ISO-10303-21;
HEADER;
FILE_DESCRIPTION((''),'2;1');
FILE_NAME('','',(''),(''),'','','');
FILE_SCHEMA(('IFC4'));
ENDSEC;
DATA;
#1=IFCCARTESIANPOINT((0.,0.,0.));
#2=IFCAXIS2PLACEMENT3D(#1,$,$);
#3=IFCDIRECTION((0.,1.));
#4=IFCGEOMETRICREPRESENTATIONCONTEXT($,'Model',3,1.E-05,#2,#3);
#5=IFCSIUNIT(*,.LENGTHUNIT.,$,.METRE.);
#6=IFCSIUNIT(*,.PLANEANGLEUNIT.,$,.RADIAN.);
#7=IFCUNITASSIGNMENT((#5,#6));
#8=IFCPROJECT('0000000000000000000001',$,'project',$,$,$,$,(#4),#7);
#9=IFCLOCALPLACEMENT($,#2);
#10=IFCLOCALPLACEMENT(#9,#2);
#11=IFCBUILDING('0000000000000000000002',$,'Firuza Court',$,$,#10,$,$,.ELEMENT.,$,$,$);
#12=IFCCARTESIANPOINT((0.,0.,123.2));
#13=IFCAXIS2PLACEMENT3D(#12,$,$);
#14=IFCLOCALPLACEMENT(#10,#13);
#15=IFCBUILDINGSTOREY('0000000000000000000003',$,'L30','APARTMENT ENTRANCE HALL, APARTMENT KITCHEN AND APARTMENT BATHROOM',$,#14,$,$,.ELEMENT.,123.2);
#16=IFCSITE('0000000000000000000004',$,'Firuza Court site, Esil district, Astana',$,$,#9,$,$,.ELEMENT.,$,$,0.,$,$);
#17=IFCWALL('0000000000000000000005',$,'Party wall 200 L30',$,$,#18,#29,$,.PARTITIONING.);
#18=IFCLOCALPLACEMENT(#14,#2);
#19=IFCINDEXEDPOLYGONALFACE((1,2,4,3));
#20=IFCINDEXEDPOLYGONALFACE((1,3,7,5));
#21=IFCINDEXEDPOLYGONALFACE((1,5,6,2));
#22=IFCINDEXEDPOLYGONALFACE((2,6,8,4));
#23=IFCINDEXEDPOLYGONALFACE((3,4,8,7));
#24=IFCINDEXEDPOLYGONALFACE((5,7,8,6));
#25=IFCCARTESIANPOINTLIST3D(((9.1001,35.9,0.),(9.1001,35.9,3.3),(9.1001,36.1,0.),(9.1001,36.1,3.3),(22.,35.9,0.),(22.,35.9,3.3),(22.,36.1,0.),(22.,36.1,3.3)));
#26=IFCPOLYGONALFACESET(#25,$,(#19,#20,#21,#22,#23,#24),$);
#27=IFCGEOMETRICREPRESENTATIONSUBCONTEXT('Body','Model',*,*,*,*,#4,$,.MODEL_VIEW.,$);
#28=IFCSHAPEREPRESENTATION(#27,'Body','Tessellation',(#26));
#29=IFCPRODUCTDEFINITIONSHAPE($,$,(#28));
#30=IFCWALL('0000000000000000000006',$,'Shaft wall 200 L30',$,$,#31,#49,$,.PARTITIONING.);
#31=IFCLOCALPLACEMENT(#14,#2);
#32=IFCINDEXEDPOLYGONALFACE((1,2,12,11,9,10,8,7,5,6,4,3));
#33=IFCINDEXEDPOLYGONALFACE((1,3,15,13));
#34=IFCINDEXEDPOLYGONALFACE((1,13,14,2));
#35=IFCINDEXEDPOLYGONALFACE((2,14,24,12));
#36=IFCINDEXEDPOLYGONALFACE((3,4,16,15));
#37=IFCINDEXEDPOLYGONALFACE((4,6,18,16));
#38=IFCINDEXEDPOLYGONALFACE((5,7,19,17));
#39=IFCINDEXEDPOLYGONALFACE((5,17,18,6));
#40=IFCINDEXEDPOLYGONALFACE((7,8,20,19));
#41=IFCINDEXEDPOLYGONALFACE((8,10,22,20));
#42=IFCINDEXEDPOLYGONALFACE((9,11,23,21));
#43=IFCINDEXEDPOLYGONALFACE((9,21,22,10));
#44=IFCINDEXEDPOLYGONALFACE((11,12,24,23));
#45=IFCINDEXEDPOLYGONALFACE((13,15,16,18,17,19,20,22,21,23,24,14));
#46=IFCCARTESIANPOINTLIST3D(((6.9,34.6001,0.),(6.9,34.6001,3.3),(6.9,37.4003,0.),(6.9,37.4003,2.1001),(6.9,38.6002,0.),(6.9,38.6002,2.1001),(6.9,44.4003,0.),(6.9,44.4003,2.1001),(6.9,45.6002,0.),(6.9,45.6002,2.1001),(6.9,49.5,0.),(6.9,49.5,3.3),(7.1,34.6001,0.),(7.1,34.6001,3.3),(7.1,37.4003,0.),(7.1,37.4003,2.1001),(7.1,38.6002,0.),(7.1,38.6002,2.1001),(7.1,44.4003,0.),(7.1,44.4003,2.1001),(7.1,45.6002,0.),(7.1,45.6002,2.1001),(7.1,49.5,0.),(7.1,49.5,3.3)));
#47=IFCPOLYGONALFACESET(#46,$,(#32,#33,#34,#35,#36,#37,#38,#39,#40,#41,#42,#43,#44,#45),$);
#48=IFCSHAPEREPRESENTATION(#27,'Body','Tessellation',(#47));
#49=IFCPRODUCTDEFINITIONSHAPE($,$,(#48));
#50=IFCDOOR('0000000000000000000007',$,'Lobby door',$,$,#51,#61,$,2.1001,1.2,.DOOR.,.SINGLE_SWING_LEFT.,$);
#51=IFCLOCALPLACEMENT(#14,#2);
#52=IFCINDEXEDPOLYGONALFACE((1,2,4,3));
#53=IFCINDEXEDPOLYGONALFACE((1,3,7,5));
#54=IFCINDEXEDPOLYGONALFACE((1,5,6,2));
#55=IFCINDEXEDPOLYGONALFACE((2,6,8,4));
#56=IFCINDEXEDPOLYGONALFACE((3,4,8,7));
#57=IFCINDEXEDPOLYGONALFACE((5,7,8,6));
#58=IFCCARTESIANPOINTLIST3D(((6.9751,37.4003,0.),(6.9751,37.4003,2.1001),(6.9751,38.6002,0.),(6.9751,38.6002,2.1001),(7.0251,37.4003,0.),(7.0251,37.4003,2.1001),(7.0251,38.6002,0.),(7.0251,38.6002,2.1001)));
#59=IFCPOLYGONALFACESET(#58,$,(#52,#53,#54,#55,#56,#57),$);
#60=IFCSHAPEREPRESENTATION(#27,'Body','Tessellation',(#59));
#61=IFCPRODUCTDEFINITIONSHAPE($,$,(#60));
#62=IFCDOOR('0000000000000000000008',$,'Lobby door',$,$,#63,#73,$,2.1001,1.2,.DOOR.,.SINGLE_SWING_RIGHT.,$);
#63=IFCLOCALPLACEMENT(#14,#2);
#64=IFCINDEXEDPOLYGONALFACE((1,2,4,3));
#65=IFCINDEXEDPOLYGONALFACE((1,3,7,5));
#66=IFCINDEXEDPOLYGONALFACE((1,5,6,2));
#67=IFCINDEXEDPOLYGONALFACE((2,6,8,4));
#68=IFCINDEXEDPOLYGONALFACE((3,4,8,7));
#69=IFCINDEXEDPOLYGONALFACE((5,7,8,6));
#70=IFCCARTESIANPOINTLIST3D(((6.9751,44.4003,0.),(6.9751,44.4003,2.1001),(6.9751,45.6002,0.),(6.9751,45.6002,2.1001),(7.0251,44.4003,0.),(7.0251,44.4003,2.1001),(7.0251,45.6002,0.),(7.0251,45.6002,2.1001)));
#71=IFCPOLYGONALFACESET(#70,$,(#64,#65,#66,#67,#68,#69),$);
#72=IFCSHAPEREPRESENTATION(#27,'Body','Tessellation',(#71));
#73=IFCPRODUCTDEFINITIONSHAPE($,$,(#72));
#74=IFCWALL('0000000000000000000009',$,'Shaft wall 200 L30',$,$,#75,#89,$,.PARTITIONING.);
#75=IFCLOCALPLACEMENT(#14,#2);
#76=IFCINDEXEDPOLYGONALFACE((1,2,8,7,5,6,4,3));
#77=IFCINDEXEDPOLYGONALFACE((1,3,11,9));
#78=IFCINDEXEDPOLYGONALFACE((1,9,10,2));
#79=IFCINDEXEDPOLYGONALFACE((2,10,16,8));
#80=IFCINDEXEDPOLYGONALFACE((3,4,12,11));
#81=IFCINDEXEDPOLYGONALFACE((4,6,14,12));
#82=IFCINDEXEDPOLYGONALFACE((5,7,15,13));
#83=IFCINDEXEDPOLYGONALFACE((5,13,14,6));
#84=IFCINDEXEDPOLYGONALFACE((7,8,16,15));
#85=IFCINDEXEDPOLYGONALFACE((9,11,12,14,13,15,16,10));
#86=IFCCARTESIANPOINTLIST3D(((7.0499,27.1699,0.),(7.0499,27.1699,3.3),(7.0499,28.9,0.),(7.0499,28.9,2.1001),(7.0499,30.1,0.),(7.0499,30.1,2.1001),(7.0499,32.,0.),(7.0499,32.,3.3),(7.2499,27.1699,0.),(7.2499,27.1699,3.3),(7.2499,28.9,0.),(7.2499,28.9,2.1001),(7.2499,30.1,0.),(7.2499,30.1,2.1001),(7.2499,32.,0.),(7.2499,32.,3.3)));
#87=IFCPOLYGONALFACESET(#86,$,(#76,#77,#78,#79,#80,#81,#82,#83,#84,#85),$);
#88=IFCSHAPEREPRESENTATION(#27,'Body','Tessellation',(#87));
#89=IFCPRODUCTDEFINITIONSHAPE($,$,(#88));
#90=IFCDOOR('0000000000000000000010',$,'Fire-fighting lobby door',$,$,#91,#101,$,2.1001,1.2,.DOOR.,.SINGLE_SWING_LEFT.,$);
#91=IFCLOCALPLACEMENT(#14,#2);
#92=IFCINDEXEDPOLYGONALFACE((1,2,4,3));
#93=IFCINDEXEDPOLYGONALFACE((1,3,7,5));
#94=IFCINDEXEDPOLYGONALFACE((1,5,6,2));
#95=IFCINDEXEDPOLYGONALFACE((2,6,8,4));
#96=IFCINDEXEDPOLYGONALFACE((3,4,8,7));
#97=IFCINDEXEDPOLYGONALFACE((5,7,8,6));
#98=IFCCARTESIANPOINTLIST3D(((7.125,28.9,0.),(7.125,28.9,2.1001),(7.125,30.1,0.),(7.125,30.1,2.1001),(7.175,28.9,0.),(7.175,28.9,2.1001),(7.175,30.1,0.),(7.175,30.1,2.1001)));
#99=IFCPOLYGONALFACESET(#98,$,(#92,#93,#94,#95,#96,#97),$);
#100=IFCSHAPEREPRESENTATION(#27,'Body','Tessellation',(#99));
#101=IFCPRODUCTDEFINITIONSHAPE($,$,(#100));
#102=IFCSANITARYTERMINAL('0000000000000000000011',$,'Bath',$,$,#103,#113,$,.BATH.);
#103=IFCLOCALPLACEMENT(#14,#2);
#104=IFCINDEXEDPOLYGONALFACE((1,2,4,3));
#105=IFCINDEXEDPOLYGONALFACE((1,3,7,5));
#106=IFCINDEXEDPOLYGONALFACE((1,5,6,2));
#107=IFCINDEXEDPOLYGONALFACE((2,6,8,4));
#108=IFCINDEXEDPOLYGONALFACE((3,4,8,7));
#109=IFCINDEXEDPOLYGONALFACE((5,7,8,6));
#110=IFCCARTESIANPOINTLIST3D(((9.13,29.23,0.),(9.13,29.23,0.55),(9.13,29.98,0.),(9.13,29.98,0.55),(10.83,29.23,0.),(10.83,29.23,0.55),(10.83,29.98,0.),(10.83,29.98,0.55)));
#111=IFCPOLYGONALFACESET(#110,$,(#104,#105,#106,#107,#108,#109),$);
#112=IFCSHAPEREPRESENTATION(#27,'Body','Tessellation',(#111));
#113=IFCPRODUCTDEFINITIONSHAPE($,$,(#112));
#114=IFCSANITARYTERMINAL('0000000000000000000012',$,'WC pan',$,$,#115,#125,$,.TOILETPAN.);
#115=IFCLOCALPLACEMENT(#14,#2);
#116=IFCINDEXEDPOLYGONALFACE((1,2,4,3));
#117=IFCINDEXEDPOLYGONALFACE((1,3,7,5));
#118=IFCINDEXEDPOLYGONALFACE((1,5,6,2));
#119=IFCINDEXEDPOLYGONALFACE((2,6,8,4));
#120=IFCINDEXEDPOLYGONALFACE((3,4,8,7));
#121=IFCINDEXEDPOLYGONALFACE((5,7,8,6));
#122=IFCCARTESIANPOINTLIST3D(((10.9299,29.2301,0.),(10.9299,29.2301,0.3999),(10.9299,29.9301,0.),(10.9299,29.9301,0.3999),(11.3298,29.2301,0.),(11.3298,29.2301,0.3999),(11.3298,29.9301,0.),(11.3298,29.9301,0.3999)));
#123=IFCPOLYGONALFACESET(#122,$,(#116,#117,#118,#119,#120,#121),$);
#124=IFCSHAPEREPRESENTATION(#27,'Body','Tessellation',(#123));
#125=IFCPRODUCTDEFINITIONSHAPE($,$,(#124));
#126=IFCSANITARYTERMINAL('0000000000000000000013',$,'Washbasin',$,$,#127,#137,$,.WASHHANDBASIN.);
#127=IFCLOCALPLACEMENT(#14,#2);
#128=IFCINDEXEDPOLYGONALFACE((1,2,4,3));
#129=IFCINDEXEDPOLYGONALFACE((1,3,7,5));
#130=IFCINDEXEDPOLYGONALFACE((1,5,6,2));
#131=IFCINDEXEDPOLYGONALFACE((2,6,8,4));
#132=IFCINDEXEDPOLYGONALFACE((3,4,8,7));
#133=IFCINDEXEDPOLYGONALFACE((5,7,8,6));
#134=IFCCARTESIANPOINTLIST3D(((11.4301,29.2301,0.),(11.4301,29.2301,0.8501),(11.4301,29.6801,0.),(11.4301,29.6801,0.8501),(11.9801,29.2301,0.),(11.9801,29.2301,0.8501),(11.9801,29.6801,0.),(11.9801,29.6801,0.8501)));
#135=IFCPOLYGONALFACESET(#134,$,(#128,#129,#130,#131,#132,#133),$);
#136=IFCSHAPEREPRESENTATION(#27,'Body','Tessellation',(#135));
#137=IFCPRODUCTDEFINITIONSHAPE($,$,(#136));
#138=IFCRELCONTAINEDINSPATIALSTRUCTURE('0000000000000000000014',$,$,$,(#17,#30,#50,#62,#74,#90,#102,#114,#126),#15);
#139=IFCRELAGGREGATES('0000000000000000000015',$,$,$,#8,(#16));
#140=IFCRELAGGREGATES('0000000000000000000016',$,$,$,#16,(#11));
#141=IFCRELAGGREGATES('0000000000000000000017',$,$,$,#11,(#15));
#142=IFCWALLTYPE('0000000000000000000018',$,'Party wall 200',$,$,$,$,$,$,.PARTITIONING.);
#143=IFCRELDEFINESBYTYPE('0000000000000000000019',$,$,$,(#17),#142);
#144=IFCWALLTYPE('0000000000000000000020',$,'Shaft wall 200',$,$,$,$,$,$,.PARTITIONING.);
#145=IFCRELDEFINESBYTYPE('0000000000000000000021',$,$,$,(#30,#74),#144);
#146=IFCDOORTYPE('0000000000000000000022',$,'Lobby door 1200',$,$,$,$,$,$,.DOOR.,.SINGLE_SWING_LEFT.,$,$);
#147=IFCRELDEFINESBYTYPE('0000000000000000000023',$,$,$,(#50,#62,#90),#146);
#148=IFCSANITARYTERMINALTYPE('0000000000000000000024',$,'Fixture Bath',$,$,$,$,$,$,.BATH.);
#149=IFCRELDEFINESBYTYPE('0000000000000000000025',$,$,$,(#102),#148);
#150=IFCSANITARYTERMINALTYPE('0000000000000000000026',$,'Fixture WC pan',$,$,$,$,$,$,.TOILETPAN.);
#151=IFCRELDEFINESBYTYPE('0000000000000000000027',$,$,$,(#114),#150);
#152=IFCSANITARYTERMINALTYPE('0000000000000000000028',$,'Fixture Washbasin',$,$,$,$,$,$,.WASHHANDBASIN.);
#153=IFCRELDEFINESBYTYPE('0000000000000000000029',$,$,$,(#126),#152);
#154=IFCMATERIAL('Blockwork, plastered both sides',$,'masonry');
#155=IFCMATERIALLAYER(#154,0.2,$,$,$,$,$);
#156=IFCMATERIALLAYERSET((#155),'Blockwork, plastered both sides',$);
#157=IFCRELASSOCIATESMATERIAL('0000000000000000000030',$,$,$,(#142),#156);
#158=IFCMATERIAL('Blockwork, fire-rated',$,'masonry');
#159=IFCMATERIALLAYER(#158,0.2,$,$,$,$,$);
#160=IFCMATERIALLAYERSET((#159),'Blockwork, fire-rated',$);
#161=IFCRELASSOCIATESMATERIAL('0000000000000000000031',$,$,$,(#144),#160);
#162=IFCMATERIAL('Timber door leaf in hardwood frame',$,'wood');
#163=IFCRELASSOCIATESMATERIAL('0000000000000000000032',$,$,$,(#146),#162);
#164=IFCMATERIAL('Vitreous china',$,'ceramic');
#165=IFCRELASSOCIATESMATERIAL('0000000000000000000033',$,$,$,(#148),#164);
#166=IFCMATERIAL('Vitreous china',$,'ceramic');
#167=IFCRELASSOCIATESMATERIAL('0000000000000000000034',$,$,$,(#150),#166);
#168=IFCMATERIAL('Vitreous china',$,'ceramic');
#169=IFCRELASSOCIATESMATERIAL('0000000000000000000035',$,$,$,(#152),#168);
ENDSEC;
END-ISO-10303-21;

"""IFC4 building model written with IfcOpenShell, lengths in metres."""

from ifc_helpers import new_model, si_unit, direction, frame, frame_2d, origin, origin_2d, place, context, subcontext, project, spatial, rectangle, extrude, material, layer, layer_set, type_object, element, fill, save


model = new_model("IFC4")

# Units and contexts
model_context = context("Model", 3, precision=1e-05, world=origin(), true_north=direction((0.0, 1.0)))
body_context = subcontext(model_context, "Body", "Model", "MODEL_VIEW")
ifc_project = project(units=[si_unit("LENGTHUNIT", "METRE"), si_unit("PLANEANGLEUNIT", "RADIAN")], contexts=[model_context])

# Site, building, storey
site_placement = place(None, origin())
site = spatial("IfcSite", under=ifc_project, at=site_placement, Name="Firuza Court site, Esil district, Astana", CompositionType="ELEMENT", RefElevation=0.0)
building_placement = place(site_placement, origin())
building = spatial("IfcBuilding", under=site, at=building_placement, Name="Firuza Court", CompositionType="ELEMENT")
storey_placement = place(building_placement, frame((0.0, 0.0, 123.2)))
storey = spatial("IfcBuildingStorey", under=building, at=storey_placement, Name="L30", Description="APARTMENT ENTRANCE HALL, APARTMENT KITCHEN AND APARTMENT BATHROOM", CompositionType="ELEMENT", Elevation=123.2)

# Shared definitions
ifc_material_1 = material(Name="Blockwork, plastered both sides", Category="masonry")

# Wall
ifc_layer_1 = layer(ifc_material_1, 0.2)
ifc_layer_set_1 = layer_set([ifc_layer_1], Name="Blockwork, plastered both sides")
wall_type_1 = type_object("IfcWallType", Name="Party wall 200", PredefinedType="PARTITIONING", material=ifc_layer_set_1)
for number, where, z_axis, x_axis, name in (
    (1, (9.1001, 36.0, 0.0), (0.0, 0.0, 1.0), (1.0, 0.0, 0.0), "Party wall 200 L30"),
):
    element("IfcWall", number, at=place(storey_placement, frame(where, z_axis=z_axis, x_axis=x_axis)), inside=storey, type_object=wall_type_1, Name=name, PredefinedType="PARTITIONING", context=body_context, shape_type="SweptSolid", body=[
        extrude(rectangle(XDim=12.8999, YDim=0.2, at=frame_2d((6.45, 0.0))), origin(), (0.0, 0.0, 1.0), 3.3),
    ])

# Wall, openings, doors
ifc_material_2 = material(Name="Blockwork, fire-rated", Category="masonry")
ifc_layer_2 = layer(ifc_material_2, 0.2)
ifc_layer_set_2 = layer_set([ifc_layer_2], Name="Blockwork, fire-rated")
wall_type_2 = type_object("IfcWallType", Name="Shaft wall 200", PredefinedType="PARTITIONING", material=ifc_layer_set_2)
wall_1_placement = place(storey_placement, frame((7.0, 34.6001, 0.0), z_axis=(0.0, 0.0, 1.0), x_axis=(0.0, 1.0, 0.0)))
wall_1 = element("IfcWall", 2, at=wall_1_placement, inside=storey, type_object=wall_type_2, Name="Shaft wall 200 L30", PredefinedType="PARTITIONING", context=body_context, shape_type="SweptSolid", body=[
    extrude(rectangle(XDim=14.8999, YDim=0.2, at=frame_2d((7.45, 0.0))), origin(), (0.0, 0.0, 1.0), 3.3),
])
opening_1_placement = place(wall_1_placement, frame((2.8, 0.0, 0.0)))
opening_1 = element("IfcOpeningElement", 3, at=opening_1_placement, cuts=wall_1, PredefinedType="OPENING", context=body_context, shape_type="SweptSolid", body=[
    extrude(rectangle(XDim=1.2, YDim=2.1001, at=frame_2d((0.6001, 1.05))), frame((0.0, 0.1118, 0.0), z_axis=(0.0, -1.0, 0.0), x_axis=(1.0, 0.0, 0.0)), (0.0, 0.0, 1.0), 0.2239),
])
opening_2_placement = place(wall_1_placement, frame((9.8, 0.0, 0.0)))
opening_2 = element("IfcOpeningElement", 4, at=opening_2_placement, cuts=wall_1, PredefinedType="OPENING", context=body_context, shape_type="SweptSolid", body=[
    extrude(rectangle(XDim=1.2, YDim=2.1001, at=frame_2d((0.6001, 1.05))), frame((0.0, 0.1118, 0.0), z_axis=(0.0, -1.0, 0.0), x_axis=(1.0, 0.0, 0.0)), (0.0, 0.0, 1.0), 0.2239),
])
ifc_material_3 = material(Name="Timber door leaf in hardwood frame", Category="wood")
door_type_1 = type_object("IfcDoorType", Name="Lobby door 1200", OperationType="SINGLE_SWING_LEFT", PredefinedType="DOOR", material=ifc_material_3)
door_1_placement = place(opening_1_placement, origin())
door_1 = element("IfcDoor", 5, at=door_1_placement, inside=storey, type_object=door_type_1, Name="Lobby door", OperationType="SINGLE_SWING_LEFT", OverallHeight=2.1001, OverallWidth=1.2, PredefinedType="DOOR", context=body_context, shape_type="SweptSolid", body=[
    extrude(rectangle(XDim=1.2, YDim=2.1001, at=frame_2d((0.6001, 1.05))), frame((0.0, 0.0249, 0.0), z_axis=(0.0, -1.0, 0.0), x_axis=(1.0, 0.0, 0.0)), (0.0, 0.0, 1.0), 0.05),
])
fill(opening_1, door_1)
door_2_placement = place(opening_2_placement, origin())
door_2 = element("IfcDoor", 6, at=door_2_placement, inside=storey, type_object=door_type_1, Name="Lobby door", OperationType="SINGLE_SWING_RIGHT", OverallHeight=2.1001, OverallWidth=1.2, PredefinedType="DOOR", context=body_context, shape_type="SweptSolid", body=[
    extrude(rectangle(XDim=1.2, YDim=2.1001, at=frame_2d((0.6001, 1.05))), frame((0.0, 0.0249, 0.0), z_axis=(0.0, -1.0, 0.0), x_axis=(1.0, 0.0, 0.0)), (0.0, 0.0, 1.0), 0.05),
])
fill(opening_2, door_2)

# Wall, opening, door
wall_2_placement = place(storey_placement, frame((7.1499, 27.1699, 0.0), z_axis=(0.0, 0.0, 1.0), x_axis=(0.0, 1.0, 0.0)))
wall_2 = element("IfcWall", 7, at=wall_2_placement, inside=storey, type_object=wall_type_2, Name="Shaft wall 200 L30", PredefinedType="PARTITIONING", context=body_context, shape_type="SweptSolid", body=[
    extrude(rectangle(XDim=4.8301, YDim=0.2, at=frame_2d((2.415, 0.0))), origin(), (0.0, 0.0, 1.0), 3.3),
])
opening_3_placement = place(wall_2_placement, frame((1.73, 0.0, 0.0)))
opening_3 = element("IfcOpeningElement", 8, at=opening_3_placement, cuts=wall_2, PredefinedType="OPENING", context=body_context, shape_type="SweptSolid", body=[
    extrude(rectangle(XDim=1.2, YDim=2.1001, at=frame_2d((0.6001, 1.05))), frame((0.0, 0.1118, 0.0), z_axis=(0.0, -1.0, 0.0), x_axis=(1.0, 0.0, 0.0)), (0.0, 0.0, 1.0), 0.2239),
])
door_3_placement = place(opening_3_placement, origin())
door_3 = element("IfcDoor", 9, at=door_3_placement, inside=storey, type_object=door_type_1, Name="Fire-fighting lobby door", OperationType="SINGLE_SWING_LEFT", OverallHeight=2.1001, OverallWidth=1.2, PredefinedType="DOOR", context=body_context, shape_type="SweptSolid", body=[
    extrude(rectangle(XDim=1.2, YDim=2.1001, at=frame_2d((0.6001, 1.05))), frame((0.0, 0.0249, 0.0), z_axis=(0.0, -1.0, 0.0), x_axis=(1.0, 0.0, 0.0)), (0.0, 0.0, 1.0), 0.05),
])
fill(opening_3, door_3)

# Sanitary terminals
ifc_material_4 = material(Name="Vitreous china", Category="ceramic")
sanitary_terminal_type_1 = type_object("IfcSanitaryTerminalType", Name="Fixture Bath", PredefinedType="BATH", material=ifc_material_4)
sanitary_terminal_1_placement = place(storey_placement, frame((9.98, 29.605, 0.0), z_axis=(0.0, 0.0, 1.0), x_axis=(1.0, 0.0, 0.0)))
element("IfcSanitaryTerminal", 10, at=sanitary_terminal_1_placement, inside=storey, type_object=sanitary_terminal_type_1, Name="Bath", PredefinedType="BATH", context=body_context, shape_type="SweptSolid", body=[
    extrude(rectangle(XDim=1.7, YDim=0.75, at=origin_2d()), origin(), (0.0, 0.0, 1.0), 0.55),
])
ifc_material_5 = material(Name="Vitreous china", Category="ceramic")
sanitary_terminal_type_2 = type_object("IfcSanitaryTerminalType", Name="Fixture WC pan", PredefinedType="TOILETPAN", material=ifc_material_5)
sanitary_terminal_2_placement = place(storey_placement, frame((11.1299, 29.5801, 0.0), z_axis=(0.0, 0.0, 1.0), x_axis=(1.0, 0.0, 0.0)))
element("IfcSanitaryTerminal", 11, at=sanitary_terminal_2_placement, inside=storey, type_object=sanitary_terminal_type_2, Name="WC pan", PredefinedType="TOILETPAN", context=body_context, shape_type="SweptSolid", body=[
    extrude(rectangle(XDim=0.3999, YDim=0.7, at=origin_2d()), origin(), (0.0, 0.0, 1.0), 0.3999),
])
ifc_material_6 = material(Name="Vitreous china", Category="ceramic")
sanitary_terminal_type_3 = type_object("IfcSanitaryTerminalType", Name="Fixture Washbasin", PredefinedType="WASHHANDBASIN", material=ifc_material_6)
sanitary_terminal_3_placement = place(storey_placement, frame((11.7051, 29.4551, 0.0), z_axis=(0.0, 0.0, 1.0), x_axis=(1.0, 0.0, 0.0)))
element("IfcSanitaryTerminal", 12, at=sanitary_terminal_3_placement, inside=storey, type_object=sanitary_terminal_type_3, Name="Washbasin", PredefinedType="WASHHANDBASIN", context=body_context, shape_type="SweptSolid", body=[
    extrude(rectangle(XDim=0.55, YDim=0.45, at=origin_2d()), origin(), (0.0, 0.0, 1.0), 0.8501),
])

save(model, "model.ifc")
